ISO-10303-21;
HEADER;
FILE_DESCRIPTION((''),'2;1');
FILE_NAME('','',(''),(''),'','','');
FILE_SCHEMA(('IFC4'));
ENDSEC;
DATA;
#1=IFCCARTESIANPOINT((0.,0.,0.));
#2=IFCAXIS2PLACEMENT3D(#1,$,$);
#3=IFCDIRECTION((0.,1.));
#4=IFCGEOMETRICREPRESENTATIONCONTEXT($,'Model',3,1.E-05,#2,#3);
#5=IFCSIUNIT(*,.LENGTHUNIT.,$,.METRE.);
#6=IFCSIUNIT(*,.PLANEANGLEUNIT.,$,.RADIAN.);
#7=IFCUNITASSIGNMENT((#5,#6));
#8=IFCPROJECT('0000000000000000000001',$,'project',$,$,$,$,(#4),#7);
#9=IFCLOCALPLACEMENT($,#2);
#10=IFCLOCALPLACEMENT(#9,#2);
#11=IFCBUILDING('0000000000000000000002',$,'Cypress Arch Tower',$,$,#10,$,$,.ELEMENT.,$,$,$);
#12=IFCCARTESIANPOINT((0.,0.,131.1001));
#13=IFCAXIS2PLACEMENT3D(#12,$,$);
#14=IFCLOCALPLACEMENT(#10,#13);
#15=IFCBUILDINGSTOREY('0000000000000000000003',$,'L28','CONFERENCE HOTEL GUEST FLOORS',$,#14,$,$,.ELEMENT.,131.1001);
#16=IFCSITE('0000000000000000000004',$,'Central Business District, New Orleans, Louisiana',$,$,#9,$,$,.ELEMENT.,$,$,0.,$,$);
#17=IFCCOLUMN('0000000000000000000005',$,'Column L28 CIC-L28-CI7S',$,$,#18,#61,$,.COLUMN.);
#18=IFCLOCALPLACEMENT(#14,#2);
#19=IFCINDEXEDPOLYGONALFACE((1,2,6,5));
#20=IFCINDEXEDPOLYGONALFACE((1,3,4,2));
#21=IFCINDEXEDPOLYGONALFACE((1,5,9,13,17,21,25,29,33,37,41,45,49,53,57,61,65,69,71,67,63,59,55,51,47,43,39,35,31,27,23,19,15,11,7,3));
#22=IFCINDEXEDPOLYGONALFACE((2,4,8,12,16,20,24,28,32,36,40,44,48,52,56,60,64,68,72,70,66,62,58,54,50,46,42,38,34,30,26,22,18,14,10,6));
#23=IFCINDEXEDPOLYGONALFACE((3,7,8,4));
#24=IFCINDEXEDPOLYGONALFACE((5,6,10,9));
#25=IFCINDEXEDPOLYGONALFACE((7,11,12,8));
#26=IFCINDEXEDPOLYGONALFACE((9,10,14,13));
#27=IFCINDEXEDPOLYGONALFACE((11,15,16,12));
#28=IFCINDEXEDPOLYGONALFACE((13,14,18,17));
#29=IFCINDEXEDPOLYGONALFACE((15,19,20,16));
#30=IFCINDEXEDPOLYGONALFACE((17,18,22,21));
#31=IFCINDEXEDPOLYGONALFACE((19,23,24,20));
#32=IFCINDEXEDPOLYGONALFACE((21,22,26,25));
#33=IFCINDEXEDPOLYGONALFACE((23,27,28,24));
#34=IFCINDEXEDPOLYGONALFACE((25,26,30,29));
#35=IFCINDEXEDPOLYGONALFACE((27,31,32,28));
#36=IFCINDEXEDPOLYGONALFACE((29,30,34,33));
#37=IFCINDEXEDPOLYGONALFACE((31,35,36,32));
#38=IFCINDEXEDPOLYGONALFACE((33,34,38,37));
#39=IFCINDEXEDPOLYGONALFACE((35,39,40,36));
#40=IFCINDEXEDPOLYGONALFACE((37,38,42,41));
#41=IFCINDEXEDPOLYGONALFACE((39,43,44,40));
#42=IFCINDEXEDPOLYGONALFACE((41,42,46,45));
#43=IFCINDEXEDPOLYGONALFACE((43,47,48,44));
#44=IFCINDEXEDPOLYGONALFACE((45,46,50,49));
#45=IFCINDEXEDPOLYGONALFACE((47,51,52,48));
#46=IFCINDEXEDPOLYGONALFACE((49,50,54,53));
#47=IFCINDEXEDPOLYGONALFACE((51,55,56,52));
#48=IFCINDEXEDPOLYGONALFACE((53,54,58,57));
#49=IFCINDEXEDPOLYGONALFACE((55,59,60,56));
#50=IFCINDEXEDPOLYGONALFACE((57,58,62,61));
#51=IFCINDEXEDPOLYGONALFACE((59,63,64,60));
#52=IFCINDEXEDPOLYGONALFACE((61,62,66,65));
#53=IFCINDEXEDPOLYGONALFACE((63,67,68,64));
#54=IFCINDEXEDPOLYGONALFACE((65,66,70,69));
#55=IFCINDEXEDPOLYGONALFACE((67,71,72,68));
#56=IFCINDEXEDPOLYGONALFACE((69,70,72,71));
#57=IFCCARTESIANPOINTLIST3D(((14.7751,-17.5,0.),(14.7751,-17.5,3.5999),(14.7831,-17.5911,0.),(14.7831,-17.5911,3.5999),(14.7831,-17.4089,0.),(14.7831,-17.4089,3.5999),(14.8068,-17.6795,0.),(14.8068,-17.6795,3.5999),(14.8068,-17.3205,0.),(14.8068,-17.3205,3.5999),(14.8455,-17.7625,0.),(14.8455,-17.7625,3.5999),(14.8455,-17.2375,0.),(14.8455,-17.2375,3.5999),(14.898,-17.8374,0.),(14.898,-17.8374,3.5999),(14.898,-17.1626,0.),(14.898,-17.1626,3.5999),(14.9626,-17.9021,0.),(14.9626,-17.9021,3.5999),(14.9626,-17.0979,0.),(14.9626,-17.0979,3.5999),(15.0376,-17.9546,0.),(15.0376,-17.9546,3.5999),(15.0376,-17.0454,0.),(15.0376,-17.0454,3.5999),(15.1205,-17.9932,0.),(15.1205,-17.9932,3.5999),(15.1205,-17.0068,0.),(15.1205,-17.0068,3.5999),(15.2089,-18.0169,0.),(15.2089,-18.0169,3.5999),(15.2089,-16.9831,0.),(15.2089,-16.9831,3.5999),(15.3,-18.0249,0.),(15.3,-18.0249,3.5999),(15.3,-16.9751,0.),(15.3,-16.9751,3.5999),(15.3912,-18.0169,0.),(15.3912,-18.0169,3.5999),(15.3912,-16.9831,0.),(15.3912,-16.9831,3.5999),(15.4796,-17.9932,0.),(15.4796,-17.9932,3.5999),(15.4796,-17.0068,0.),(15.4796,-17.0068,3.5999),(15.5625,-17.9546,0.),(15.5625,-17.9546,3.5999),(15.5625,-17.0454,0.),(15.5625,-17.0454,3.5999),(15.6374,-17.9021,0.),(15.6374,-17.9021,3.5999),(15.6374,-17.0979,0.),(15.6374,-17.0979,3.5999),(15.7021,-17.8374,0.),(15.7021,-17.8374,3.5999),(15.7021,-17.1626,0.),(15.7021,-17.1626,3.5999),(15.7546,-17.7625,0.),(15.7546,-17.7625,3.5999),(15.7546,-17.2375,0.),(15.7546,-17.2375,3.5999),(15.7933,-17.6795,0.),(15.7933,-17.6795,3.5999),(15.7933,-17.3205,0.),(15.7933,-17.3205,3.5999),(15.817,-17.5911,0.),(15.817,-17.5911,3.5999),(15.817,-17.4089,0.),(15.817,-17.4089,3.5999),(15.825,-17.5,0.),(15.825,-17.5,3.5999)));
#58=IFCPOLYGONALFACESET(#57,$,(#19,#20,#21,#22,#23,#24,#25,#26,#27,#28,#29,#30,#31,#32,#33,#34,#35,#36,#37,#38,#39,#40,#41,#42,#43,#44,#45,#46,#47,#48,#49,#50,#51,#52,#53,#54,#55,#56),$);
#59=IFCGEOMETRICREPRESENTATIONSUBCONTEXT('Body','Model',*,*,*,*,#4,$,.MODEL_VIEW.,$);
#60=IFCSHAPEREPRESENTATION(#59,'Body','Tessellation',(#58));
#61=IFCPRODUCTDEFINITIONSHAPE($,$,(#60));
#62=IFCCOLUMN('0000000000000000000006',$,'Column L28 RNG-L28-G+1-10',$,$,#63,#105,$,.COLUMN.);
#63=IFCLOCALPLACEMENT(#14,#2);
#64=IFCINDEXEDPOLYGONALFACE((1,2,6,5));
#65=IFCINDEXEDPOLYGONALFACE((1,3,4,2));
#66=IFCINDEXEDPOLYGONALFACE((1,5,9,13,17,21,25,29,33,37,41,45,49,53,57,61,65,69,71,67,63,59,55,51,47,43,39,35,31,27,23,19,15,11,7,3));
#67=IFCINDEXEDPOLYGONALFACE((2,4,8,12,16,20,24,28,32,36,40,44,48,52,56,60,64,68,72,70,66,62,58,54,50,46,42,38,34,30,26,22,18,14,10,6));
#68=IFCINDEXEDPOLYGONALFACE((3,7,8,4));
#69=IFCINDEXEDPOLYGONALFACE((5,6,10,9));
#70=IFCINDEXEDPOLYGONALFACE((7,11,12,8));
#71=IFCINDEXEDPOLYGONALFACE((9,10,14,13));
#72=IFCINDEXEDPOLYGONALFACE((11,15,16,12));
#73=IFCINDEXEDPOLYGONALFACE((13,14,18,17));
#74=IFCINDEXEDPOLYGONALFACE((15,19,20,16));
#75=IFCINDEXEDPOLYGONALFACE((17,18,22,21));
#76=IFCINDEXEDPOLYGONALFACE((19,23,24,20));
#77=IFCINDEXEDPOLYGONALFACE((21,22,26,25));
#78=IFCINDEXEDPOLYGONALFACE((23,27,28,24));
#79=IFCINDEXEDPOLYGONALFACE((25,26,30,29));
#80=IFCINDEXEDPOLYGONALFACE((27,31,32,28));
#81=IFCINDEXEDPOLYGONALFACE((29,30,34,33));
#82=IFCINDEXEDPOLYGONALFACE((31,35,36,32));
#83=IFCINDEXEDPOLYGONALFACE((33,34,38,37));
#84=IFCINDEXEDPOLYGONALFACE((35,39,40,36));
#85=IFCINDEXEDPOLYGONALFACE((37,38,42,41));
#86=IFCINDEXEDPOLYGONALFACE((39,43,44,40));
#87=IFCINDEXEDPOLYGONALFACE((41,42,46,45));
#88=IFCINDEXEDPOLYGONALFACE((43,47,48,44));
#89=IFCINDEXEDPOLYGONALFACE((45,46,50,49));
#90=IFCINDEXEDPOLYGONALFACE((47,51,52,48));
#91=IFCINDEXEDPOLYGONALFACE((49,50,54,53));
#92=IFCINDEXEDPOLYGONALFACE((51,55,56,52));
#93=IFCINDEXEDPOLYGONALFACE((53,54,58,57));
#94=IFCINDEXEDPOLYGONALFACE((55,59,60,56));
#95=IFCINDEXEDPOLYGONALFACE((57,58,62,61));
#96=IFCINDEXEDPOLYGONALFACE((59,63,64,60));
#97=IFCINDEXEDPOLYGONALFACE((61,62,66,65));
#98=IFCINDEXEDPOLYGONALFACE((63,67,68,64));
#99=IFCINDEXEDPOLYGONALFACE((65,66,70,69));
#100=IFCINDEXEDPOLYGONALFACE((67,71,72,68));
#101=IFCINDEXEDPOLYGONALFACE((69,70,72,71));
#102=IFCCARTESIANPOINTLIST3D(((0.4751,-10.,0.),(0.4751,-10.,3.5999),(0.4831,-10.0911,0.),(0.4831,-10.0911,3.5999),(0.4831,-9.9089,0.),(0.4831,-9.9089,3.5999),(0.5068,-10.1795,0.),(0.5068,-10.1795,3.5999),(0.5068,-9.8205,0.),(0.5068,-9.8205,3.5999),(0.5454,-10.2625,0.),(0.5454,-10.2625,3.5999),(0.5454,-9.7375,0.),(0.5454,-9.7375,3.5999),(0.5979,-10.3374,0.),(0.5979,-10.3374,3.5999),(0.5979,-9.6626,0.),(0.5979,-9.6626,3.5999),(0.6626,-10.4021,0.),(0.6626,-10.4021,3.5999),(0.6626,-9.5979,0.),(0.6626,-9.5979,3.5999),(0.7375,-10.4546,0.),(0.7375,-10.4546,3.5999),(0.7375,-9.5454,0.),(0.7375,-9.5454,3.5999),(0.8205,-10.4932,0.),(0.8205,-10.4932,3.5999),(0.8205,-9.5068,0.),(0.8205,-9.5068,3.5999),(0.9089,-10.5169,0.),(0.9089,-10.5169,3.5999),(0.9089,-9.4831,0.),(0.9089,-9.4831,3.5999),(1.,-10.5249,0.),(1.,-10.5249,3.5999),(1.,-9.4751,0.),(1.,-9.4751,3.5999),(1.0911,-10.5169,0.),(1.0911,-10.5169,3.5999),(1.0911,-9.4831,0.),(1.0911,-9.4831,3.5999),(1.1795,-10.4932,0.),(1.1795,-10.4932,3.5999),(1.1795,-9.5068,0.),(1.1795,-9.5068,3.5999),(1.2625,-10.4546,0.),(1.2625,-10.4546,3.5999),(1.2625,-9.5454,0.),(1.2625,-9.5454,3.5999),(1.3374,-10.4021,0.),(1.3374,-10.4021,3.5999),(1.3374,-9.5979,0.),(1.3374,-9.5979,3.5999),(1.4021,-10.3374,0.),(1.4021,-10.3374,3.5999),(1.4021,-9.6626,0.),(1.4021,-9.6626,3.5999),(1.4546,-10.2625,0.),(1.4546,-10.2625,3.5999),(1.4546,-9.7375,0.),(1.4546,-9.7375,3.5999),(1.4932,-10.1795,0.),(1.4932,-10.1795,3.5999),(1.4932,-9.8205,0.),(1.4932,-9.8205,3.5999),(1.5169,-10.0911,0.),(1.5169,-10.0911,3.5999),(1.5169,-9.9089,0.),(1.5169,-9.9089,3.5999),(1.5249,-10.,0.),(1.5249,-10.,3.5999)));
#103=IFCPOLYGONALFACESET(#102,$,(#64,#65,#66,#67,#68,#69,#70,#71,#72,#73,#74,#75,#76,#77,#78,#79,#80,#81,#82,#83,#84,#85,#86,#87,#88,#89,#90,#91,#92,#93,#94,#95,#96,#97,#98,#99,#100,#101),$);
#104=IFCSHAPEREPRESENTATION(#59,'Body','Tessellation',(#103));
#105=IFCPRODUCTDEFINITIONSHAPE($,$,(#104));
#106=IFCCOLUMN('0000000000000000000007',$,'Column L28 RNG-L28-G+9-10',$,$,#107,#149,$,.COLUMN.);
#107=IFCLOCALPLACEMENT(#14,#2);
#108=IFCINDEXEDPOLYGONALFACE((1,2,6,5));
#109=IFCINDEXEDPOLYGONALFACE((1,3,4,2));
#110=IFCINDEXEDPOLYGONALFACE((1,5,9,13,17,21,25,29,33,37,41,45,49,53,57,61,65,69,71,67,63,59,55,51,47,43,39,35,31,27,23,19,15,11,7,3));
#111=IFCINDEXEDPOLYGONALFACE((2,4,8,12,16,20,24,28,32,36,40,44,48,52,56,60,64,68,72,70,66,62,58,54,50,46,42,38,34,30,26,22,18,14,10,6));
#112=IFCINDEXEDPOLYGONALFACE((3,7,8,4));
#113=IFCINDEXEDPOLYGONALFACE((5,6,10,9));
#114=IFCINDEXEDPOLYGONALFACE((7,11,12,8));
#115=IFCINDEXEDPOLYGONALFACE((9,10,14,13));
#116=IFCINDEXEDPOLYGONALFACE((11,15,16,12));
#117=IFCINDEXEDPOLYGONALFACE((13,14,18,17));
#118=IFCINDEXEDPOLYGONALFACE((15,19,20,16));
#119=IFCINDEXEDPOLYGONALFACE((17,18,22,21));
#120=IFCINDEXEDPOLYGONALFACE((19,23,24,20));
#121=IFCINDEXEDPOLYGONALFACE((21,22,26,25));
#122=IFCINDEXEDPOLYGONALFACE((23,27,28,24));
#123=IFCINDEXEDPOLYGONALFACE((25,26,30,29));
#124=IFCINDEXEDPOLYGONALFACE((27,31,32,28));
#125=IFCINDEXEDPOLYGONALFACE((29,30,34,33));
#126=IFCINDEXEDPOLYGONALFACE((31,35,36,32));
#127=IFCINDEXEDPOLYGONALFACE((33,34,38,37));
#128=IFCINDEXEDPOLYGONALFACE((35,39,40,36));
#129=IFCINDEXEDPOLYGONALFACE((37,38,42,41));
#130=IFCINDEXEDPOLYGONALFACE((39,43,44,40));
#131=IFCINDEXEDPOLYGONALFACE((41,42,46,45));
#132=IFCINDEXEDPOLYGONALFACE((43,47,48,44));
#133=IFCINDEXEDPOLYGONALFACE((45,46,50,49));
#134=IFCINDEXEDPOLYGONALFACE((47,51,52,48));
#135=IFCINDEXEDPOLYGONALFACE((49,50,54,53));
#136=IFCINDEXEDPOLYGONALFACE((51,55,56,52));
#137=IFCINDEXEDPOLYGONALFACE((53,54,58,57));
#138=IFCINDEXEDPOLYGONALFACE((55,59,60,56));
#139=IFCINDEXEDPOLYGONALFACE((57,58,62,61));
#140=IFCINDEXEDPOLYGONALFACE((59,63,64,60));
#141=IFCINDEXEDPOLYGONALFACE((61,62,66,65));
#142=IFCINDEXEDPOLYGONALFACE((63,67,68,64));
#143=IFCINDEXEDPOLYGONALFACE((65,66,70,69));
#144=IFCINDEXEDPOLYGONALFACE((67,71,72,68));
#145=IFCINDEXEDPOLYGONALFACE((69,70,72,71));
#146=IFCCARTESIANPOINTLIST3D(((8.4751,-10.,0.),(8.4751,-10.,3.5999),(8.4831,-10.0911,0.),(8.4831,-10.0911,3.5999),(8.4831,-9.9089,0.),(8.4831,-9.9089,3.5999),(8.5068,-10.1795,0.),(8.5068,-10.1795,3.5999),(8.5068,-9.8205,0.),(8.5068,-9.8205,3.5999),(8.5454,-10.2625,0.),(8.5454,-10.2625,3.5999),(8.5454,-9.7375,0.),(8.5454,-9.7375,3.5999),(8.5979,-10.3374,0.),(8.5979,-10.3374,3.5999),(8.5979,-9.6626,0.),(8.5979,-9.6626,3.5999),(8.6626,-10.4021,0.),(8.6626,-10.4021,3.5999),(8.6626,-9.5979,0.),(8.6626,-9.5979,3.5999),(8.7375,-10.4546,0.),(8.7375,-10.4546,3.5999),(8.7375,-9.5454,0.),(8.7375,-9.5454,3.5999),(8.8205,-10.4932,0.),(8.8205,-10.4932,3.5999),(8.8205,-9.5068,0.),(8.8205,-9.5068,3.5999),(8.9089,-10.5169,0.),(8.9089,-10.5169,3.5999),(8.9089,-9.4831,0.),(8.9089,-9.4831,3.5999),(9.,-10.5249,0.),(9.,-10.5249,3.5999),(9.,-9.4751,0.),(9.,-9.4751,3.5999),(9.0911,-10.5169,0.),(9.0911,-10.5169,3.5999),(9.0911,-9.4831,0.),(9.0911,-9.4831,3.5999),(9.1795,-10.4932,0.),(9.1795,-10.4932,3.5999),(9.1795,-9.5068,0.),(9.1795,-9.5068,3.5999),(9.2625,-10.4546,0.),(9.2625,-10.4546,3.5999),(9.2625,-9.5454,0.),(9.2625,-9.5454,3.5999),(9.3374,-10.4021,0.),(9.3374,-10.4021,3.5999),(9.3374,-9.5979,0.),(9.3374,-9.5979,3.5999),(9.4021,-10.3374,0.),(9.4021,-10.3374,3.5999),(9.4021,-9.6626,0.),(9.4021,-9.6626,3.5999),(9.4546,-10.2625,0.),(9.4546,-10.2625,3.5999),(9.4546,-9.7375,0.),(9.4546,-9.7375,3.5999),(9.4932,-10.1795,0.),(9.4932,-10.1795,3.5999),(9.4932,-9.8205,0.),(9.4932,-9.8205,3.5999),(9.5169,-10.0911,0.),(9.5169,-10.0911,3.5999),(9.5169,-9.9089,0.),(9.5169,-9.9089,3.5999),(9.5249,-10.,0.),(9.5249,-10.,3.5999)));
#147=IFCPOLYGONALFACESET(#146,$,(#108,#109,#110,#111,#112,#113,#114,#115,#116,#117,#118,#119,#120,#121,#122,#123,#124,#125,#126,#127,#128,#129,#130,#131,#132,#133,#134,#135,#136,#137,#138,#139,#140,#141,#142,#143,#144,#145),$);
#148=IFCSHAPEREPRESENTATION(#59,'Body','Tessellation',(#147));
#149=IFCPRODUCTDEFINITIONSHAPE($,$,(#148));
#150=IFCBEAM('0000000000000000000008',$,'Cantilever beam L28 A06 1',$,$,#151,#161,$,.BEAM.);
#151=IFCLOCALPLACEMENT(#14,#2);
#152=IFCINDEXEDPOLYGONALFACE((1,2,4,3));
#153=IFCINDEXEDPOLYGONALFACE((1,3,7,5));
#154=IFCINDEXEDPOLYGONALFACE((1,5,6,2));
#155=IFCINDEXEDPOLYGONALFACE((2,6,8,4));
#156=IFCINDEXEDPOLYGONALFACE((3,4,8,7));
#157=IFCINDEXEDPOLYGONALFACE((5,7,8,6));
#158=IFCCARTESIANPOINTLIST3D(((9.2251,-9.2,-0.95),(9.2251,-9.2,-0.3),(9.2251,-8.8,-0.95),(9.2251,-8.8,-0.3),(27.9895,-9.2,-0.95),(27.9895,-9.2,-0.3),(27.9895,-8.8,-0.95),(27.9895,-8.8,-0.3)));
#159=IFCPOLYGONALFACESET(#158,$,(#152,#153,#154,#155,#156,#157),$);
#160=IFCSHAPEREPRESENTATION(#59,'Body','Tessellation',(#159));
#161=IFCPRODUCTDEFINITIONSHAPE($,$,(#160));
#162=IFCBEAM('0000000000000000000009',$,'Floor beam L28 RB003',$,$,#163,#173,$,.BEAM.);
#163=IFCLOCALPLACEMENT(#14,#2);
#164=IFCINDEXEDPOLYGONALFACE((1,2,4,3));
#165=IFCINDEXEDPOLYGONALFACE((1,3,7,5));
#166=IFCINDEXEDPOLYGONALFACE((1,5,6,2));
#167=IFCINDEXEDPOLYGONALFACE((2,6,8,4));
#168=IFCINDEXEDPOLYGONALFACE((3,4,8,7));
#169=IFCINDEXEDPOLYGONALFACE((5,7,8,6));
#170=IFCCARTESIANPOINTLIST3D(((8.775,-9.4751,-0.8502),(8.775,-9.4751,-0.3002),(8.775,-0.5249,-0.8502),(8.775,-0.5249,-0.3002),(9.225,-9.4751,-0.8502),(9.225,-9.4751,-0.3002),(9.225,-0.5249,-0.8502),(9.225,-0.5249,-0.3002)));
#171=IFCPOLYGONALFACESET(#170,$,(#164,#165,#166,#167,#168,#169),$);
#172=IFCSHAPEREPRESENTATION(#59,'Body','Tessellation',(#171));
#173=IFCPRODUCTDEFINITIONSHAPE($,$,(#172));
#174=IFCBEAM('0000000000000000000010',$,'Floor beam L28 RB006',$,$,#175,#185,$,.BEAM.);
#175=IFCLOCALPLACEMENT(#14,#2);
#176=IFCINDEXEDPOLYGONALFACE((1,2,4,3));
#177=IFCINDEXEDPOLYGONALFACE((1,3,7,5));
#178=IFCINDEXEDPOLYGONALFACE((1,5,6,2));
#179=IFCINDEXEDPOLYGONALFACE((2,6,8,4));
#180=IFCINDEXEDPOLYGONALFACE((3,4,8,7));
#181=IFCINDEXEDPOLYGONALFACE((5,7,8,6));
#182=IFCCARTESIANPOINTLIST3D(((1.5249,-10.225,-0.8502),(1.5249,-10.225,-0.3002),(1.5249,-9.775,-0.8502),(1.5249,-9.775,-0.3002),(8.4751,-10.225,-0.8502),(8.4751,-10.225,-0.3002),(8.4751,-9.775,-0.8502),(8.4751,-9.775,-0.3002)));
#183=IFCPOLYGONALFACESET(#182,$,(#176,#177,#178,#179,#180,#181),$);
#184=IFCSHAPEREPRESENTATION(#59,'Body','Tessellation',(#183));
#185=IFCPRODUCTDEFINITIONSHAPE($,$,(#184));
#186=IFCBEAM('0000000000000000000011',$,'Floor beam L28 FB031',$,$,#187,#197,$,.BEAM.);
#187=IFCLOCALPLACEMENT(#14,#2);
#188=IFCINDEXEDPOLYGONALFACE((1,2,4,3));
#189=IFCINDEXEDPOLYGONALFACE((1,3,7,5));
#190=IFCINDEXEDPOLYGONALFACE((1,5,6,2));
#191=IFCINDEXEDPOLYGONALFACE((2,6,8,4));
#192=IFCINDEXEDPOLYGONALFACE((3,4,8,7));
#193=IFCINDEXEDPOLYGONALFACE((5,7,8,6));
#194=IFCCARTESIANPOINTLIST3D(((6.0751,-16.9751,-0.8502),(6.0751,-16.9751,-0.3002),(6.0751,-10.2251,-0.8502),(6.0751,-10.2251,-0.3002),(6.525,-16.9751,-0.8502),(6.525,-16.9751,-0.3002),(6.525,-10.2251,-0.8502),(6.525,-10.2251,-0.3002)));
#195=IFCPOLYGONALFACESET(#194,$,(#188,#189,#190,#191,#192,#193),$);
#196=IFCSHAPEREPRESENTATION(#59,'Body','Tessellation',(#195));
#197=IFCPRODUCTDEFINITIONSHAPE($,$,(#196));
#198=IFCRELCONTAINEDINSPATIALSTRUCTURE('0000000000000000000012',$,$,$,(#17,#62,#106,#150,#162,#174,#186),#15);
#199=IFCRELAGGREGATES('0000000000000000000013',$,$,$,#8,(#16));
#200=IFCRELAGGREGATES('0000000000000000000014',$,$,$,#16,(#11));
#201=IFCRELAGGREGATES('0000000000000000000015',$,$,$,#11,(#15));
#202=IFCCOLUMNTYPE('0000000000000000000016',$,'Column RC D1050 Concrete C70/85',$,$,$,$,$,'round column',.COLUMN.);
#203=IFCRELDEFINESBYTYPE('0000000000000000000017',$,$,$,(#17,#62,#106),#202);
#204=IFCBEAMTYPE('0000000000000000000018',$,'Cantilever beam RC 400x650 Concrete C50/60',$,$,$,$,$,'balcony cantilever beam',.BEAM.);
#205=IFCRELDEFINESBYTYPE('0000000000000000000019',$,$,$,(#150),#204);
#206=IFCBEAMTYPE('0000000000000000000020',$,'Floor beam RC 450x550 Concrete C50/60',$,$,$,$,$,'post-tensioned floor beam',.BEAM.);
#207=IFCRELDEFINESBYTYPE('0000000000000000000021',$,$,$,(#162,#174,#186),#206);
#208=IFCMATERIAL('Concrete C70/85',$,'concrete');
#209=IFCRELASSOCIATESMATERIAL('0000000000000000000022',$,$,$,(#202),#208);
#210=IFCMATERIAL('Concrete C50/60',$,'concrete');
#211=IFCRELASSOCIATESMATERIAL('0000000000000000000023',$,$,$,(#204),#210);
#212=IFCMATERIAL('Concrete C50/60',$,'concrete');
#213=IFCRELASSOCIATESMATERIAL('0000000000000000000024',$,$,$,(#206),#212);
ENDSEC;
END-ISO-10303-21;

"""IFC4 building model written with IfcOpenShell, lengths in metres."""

from ifc_helpers import new_model, si_unit, direction, frame, origin, origin_2d, place, context, subcontext, project, spatial, rectangle, circle, extrude, material, material_profile, profile_set, type_object, element, save


model = new_model("IFC4")

# Units and contexts
model_context = context("Model", 3, precision=1e-05, world=origin(), true_north=direction((0.0, 1.0)))
body_context = subcontext(model_context, "Body", "Model", "MODEL_VIEW")
ifc_project = project(units=[si_unit("LENGTHUNIT", "METRE"), si_unit("PLANEANGLEUNIT", "RADIAN")], contexts=[model_context])

# Site, building, storey
site_placement = place(None, origin())
site = spatial("IfcSite", under=ifc_project, at=site_placement, Name="Central Business District, New Orleans, Louisiana", CompositionType="ELEMENT", RefElevation=0.0)
building_placement = place(site_placement, origin())
building = spatial("IfcBuilding", under=site, at=building_placement, Name="Cypress Arch Tower", CompositionType="ELEMENT")
storey_placement = place(building_placement, frame((0.0, 0.0, 131.1001)))
storey = spatial("IfcBuildingStorey", under=building, at=storey_placement, Name="L28", Description="CONFERENCE HOTEL GUEST FLOORS", CompositionType="ELEMENT", Elevation=131.1001)

# Columns
ifc_material_1 = material(Name="Concrete C70/85", Category="concrete")
ifc_material_profile_1 = material_profile(ifc_material_1, circle(Radius=0.5249, at=origin_2d()), Name="RC D1050")
ifc_profile_set_1 = profile_set([ifc_material_profile_1], Name="Concrete C70/85")
column_type = type_object("IfcColumnType", Name="Column RC D1050 Concrete C70/85", ElementType="round column", PredefinedType="COLUMN", material=ifc_profile_set_1)
for number, where, z_axis, x_axis, name in (
    (1, (15.3, -17.5, 0.0), (0.0, 0.0, 1.0), (1.0, 0.0, 0.0), "Column L28 CIC-L28-CI7S"),
    (2, (1.0, -10.0, 0.0), (0.0, 0.0, 1.0), (1.0, 0.0, 0.0), "Column L28 RNG-L28-G+1-10"),
    (3, (9.0, -10.0, 0.0), (0.0, 0.0, 1.0), (1.0, 0.0, 0.0), "Column L28 RNG-L28-G+9-10"),
):
    element("IfcColumn", number, at=place(storey_placement, frame(where, z_axis=z_axis, x_axis=x_axis)), inside=storey, type_object=column_type, Name=name, PredefinedType="COLUMN", context=body_context, shape_type="SweptSolid", body=[
        extrude(circle(Radius=0.5249, at=origin_2d()), origin(), (0.0, 0.0, 1.0), 3.5999),
    ])

# Beams
ifc_material_2 = material(Name="Concrete C50/60", Category="concrete")
ifc_material_profile_2 = material_profile(ifc_material_2, rectangle(XDim=0.3999, YDim=0.6499, at=origin_2d()), Name="RC 400x650")
ifc_profile_set_2 = profile_set([ifc_material_profile_2], Name="Concrete C50/60")
beam_type_1 = type_object("IfcBeamType", Name="Cantilever beam RC 400x650 Concrete C50/60", ElementType="balcony cantilever beam", PredefinedType="BEAM", material=ifc_profile_set_2)
beam_1_placement = place(storey_placement, frame((9.2251, -9.0, -0.625), z_axis=(1.0, 0.0, 0.0), x_axis=(0.0, 1.0, 0.0)))
element("IfcBeam", 4, at=beam_1_placement, inside=storey, type_object=beam_type_1, Name="Cantilever beam L28 A06 1", PredefinedType="BEAM", context=body_context, shape_type="SweptSolid", body=[
    extrude(rectangle(XDim=0.3999, YDim=0.6499, at=origin_2d()), origin(), (0.0, 0.0, 1.0), 18.7644),
])
ifc_material_3 = material(Name="Concrete C50/60", Category="concrete")
ifc_material_profile_3 = material_profile(ifc_material_3, rectangle(XDim=0.45, YDim=0.55, at=origin_2d()), Name="RC 450x550")
ifc_profile_set_3 = profile_set([ifc_material_profile_3], Name="Concrete C50/60")
beam_type_2 = type_object("IfcBeamType", Name="Floor beam RC 450x550 Concrete C50/60", ElementType="post-tensioned floor beam", PredefinedType="BEAM", material=ifc_profile_set_3)
beam_2_placement = place(storey_placement, frame((9.0, -9.4751, -0.5752), z_axis=(0.0, 1.0, 0.0), x_axis=(-1.0, 0.0, 0.0)))
element("IfcBeam", 5, at=beam_2_placement, inside=storey, type_object=beam_type_2, Name="Floor beam L28 RB003", PredefinedType="BEAM", context=body_context, shape_type="SweptSolid", body=[
    extrude(rectangle(XDim=0.45, YDim=0.55, at=origin_2d()), origin(), (0.0, 0.0, 1.0), 8.9502),
])
beam_3_placement = place(storey_placement, frame((1.5249, -10.0, -0.5752), z_axis=(1.0, 0.0, 0.0), x_axis=(0.0, 1.0, 0.0)))
element("IfcBeam", 6, at=beam_3_placement, inside=storey, type_object=beam_type_2, Name="Floor beam L28 RB006", PredefinedType="BEAM", context=body_context, shape_type="SweptSolid", body=[
    extrude(rectangle(XDim=0.45, YDim=0.55, at=origin_2d()), origin(), (0.0, 0.0, 1.0), 6.9502),
])
beam_4_placement = place(storey_placement, frame((6.3, -16.9751, -0.5752), z_axis=(0.0, 1.0, 0.0), x_axis=(-1.0, 0.0, 0.0)))
element("IfcBeam", 7, at=beam_4_placement, inside=storey, type_object=beam_type_2, Name="Floor beam L28 FB031", PredefinedType="BEAM", context=body_context, shape_type="SweptSolid", body=[
    extrude(rectangle(XDim=0.45, YDim=0.55, at=origin_2d()), origin(), (0.0, 0.0, 1.0), 6.75),
])

save(model, "model.ifc")
